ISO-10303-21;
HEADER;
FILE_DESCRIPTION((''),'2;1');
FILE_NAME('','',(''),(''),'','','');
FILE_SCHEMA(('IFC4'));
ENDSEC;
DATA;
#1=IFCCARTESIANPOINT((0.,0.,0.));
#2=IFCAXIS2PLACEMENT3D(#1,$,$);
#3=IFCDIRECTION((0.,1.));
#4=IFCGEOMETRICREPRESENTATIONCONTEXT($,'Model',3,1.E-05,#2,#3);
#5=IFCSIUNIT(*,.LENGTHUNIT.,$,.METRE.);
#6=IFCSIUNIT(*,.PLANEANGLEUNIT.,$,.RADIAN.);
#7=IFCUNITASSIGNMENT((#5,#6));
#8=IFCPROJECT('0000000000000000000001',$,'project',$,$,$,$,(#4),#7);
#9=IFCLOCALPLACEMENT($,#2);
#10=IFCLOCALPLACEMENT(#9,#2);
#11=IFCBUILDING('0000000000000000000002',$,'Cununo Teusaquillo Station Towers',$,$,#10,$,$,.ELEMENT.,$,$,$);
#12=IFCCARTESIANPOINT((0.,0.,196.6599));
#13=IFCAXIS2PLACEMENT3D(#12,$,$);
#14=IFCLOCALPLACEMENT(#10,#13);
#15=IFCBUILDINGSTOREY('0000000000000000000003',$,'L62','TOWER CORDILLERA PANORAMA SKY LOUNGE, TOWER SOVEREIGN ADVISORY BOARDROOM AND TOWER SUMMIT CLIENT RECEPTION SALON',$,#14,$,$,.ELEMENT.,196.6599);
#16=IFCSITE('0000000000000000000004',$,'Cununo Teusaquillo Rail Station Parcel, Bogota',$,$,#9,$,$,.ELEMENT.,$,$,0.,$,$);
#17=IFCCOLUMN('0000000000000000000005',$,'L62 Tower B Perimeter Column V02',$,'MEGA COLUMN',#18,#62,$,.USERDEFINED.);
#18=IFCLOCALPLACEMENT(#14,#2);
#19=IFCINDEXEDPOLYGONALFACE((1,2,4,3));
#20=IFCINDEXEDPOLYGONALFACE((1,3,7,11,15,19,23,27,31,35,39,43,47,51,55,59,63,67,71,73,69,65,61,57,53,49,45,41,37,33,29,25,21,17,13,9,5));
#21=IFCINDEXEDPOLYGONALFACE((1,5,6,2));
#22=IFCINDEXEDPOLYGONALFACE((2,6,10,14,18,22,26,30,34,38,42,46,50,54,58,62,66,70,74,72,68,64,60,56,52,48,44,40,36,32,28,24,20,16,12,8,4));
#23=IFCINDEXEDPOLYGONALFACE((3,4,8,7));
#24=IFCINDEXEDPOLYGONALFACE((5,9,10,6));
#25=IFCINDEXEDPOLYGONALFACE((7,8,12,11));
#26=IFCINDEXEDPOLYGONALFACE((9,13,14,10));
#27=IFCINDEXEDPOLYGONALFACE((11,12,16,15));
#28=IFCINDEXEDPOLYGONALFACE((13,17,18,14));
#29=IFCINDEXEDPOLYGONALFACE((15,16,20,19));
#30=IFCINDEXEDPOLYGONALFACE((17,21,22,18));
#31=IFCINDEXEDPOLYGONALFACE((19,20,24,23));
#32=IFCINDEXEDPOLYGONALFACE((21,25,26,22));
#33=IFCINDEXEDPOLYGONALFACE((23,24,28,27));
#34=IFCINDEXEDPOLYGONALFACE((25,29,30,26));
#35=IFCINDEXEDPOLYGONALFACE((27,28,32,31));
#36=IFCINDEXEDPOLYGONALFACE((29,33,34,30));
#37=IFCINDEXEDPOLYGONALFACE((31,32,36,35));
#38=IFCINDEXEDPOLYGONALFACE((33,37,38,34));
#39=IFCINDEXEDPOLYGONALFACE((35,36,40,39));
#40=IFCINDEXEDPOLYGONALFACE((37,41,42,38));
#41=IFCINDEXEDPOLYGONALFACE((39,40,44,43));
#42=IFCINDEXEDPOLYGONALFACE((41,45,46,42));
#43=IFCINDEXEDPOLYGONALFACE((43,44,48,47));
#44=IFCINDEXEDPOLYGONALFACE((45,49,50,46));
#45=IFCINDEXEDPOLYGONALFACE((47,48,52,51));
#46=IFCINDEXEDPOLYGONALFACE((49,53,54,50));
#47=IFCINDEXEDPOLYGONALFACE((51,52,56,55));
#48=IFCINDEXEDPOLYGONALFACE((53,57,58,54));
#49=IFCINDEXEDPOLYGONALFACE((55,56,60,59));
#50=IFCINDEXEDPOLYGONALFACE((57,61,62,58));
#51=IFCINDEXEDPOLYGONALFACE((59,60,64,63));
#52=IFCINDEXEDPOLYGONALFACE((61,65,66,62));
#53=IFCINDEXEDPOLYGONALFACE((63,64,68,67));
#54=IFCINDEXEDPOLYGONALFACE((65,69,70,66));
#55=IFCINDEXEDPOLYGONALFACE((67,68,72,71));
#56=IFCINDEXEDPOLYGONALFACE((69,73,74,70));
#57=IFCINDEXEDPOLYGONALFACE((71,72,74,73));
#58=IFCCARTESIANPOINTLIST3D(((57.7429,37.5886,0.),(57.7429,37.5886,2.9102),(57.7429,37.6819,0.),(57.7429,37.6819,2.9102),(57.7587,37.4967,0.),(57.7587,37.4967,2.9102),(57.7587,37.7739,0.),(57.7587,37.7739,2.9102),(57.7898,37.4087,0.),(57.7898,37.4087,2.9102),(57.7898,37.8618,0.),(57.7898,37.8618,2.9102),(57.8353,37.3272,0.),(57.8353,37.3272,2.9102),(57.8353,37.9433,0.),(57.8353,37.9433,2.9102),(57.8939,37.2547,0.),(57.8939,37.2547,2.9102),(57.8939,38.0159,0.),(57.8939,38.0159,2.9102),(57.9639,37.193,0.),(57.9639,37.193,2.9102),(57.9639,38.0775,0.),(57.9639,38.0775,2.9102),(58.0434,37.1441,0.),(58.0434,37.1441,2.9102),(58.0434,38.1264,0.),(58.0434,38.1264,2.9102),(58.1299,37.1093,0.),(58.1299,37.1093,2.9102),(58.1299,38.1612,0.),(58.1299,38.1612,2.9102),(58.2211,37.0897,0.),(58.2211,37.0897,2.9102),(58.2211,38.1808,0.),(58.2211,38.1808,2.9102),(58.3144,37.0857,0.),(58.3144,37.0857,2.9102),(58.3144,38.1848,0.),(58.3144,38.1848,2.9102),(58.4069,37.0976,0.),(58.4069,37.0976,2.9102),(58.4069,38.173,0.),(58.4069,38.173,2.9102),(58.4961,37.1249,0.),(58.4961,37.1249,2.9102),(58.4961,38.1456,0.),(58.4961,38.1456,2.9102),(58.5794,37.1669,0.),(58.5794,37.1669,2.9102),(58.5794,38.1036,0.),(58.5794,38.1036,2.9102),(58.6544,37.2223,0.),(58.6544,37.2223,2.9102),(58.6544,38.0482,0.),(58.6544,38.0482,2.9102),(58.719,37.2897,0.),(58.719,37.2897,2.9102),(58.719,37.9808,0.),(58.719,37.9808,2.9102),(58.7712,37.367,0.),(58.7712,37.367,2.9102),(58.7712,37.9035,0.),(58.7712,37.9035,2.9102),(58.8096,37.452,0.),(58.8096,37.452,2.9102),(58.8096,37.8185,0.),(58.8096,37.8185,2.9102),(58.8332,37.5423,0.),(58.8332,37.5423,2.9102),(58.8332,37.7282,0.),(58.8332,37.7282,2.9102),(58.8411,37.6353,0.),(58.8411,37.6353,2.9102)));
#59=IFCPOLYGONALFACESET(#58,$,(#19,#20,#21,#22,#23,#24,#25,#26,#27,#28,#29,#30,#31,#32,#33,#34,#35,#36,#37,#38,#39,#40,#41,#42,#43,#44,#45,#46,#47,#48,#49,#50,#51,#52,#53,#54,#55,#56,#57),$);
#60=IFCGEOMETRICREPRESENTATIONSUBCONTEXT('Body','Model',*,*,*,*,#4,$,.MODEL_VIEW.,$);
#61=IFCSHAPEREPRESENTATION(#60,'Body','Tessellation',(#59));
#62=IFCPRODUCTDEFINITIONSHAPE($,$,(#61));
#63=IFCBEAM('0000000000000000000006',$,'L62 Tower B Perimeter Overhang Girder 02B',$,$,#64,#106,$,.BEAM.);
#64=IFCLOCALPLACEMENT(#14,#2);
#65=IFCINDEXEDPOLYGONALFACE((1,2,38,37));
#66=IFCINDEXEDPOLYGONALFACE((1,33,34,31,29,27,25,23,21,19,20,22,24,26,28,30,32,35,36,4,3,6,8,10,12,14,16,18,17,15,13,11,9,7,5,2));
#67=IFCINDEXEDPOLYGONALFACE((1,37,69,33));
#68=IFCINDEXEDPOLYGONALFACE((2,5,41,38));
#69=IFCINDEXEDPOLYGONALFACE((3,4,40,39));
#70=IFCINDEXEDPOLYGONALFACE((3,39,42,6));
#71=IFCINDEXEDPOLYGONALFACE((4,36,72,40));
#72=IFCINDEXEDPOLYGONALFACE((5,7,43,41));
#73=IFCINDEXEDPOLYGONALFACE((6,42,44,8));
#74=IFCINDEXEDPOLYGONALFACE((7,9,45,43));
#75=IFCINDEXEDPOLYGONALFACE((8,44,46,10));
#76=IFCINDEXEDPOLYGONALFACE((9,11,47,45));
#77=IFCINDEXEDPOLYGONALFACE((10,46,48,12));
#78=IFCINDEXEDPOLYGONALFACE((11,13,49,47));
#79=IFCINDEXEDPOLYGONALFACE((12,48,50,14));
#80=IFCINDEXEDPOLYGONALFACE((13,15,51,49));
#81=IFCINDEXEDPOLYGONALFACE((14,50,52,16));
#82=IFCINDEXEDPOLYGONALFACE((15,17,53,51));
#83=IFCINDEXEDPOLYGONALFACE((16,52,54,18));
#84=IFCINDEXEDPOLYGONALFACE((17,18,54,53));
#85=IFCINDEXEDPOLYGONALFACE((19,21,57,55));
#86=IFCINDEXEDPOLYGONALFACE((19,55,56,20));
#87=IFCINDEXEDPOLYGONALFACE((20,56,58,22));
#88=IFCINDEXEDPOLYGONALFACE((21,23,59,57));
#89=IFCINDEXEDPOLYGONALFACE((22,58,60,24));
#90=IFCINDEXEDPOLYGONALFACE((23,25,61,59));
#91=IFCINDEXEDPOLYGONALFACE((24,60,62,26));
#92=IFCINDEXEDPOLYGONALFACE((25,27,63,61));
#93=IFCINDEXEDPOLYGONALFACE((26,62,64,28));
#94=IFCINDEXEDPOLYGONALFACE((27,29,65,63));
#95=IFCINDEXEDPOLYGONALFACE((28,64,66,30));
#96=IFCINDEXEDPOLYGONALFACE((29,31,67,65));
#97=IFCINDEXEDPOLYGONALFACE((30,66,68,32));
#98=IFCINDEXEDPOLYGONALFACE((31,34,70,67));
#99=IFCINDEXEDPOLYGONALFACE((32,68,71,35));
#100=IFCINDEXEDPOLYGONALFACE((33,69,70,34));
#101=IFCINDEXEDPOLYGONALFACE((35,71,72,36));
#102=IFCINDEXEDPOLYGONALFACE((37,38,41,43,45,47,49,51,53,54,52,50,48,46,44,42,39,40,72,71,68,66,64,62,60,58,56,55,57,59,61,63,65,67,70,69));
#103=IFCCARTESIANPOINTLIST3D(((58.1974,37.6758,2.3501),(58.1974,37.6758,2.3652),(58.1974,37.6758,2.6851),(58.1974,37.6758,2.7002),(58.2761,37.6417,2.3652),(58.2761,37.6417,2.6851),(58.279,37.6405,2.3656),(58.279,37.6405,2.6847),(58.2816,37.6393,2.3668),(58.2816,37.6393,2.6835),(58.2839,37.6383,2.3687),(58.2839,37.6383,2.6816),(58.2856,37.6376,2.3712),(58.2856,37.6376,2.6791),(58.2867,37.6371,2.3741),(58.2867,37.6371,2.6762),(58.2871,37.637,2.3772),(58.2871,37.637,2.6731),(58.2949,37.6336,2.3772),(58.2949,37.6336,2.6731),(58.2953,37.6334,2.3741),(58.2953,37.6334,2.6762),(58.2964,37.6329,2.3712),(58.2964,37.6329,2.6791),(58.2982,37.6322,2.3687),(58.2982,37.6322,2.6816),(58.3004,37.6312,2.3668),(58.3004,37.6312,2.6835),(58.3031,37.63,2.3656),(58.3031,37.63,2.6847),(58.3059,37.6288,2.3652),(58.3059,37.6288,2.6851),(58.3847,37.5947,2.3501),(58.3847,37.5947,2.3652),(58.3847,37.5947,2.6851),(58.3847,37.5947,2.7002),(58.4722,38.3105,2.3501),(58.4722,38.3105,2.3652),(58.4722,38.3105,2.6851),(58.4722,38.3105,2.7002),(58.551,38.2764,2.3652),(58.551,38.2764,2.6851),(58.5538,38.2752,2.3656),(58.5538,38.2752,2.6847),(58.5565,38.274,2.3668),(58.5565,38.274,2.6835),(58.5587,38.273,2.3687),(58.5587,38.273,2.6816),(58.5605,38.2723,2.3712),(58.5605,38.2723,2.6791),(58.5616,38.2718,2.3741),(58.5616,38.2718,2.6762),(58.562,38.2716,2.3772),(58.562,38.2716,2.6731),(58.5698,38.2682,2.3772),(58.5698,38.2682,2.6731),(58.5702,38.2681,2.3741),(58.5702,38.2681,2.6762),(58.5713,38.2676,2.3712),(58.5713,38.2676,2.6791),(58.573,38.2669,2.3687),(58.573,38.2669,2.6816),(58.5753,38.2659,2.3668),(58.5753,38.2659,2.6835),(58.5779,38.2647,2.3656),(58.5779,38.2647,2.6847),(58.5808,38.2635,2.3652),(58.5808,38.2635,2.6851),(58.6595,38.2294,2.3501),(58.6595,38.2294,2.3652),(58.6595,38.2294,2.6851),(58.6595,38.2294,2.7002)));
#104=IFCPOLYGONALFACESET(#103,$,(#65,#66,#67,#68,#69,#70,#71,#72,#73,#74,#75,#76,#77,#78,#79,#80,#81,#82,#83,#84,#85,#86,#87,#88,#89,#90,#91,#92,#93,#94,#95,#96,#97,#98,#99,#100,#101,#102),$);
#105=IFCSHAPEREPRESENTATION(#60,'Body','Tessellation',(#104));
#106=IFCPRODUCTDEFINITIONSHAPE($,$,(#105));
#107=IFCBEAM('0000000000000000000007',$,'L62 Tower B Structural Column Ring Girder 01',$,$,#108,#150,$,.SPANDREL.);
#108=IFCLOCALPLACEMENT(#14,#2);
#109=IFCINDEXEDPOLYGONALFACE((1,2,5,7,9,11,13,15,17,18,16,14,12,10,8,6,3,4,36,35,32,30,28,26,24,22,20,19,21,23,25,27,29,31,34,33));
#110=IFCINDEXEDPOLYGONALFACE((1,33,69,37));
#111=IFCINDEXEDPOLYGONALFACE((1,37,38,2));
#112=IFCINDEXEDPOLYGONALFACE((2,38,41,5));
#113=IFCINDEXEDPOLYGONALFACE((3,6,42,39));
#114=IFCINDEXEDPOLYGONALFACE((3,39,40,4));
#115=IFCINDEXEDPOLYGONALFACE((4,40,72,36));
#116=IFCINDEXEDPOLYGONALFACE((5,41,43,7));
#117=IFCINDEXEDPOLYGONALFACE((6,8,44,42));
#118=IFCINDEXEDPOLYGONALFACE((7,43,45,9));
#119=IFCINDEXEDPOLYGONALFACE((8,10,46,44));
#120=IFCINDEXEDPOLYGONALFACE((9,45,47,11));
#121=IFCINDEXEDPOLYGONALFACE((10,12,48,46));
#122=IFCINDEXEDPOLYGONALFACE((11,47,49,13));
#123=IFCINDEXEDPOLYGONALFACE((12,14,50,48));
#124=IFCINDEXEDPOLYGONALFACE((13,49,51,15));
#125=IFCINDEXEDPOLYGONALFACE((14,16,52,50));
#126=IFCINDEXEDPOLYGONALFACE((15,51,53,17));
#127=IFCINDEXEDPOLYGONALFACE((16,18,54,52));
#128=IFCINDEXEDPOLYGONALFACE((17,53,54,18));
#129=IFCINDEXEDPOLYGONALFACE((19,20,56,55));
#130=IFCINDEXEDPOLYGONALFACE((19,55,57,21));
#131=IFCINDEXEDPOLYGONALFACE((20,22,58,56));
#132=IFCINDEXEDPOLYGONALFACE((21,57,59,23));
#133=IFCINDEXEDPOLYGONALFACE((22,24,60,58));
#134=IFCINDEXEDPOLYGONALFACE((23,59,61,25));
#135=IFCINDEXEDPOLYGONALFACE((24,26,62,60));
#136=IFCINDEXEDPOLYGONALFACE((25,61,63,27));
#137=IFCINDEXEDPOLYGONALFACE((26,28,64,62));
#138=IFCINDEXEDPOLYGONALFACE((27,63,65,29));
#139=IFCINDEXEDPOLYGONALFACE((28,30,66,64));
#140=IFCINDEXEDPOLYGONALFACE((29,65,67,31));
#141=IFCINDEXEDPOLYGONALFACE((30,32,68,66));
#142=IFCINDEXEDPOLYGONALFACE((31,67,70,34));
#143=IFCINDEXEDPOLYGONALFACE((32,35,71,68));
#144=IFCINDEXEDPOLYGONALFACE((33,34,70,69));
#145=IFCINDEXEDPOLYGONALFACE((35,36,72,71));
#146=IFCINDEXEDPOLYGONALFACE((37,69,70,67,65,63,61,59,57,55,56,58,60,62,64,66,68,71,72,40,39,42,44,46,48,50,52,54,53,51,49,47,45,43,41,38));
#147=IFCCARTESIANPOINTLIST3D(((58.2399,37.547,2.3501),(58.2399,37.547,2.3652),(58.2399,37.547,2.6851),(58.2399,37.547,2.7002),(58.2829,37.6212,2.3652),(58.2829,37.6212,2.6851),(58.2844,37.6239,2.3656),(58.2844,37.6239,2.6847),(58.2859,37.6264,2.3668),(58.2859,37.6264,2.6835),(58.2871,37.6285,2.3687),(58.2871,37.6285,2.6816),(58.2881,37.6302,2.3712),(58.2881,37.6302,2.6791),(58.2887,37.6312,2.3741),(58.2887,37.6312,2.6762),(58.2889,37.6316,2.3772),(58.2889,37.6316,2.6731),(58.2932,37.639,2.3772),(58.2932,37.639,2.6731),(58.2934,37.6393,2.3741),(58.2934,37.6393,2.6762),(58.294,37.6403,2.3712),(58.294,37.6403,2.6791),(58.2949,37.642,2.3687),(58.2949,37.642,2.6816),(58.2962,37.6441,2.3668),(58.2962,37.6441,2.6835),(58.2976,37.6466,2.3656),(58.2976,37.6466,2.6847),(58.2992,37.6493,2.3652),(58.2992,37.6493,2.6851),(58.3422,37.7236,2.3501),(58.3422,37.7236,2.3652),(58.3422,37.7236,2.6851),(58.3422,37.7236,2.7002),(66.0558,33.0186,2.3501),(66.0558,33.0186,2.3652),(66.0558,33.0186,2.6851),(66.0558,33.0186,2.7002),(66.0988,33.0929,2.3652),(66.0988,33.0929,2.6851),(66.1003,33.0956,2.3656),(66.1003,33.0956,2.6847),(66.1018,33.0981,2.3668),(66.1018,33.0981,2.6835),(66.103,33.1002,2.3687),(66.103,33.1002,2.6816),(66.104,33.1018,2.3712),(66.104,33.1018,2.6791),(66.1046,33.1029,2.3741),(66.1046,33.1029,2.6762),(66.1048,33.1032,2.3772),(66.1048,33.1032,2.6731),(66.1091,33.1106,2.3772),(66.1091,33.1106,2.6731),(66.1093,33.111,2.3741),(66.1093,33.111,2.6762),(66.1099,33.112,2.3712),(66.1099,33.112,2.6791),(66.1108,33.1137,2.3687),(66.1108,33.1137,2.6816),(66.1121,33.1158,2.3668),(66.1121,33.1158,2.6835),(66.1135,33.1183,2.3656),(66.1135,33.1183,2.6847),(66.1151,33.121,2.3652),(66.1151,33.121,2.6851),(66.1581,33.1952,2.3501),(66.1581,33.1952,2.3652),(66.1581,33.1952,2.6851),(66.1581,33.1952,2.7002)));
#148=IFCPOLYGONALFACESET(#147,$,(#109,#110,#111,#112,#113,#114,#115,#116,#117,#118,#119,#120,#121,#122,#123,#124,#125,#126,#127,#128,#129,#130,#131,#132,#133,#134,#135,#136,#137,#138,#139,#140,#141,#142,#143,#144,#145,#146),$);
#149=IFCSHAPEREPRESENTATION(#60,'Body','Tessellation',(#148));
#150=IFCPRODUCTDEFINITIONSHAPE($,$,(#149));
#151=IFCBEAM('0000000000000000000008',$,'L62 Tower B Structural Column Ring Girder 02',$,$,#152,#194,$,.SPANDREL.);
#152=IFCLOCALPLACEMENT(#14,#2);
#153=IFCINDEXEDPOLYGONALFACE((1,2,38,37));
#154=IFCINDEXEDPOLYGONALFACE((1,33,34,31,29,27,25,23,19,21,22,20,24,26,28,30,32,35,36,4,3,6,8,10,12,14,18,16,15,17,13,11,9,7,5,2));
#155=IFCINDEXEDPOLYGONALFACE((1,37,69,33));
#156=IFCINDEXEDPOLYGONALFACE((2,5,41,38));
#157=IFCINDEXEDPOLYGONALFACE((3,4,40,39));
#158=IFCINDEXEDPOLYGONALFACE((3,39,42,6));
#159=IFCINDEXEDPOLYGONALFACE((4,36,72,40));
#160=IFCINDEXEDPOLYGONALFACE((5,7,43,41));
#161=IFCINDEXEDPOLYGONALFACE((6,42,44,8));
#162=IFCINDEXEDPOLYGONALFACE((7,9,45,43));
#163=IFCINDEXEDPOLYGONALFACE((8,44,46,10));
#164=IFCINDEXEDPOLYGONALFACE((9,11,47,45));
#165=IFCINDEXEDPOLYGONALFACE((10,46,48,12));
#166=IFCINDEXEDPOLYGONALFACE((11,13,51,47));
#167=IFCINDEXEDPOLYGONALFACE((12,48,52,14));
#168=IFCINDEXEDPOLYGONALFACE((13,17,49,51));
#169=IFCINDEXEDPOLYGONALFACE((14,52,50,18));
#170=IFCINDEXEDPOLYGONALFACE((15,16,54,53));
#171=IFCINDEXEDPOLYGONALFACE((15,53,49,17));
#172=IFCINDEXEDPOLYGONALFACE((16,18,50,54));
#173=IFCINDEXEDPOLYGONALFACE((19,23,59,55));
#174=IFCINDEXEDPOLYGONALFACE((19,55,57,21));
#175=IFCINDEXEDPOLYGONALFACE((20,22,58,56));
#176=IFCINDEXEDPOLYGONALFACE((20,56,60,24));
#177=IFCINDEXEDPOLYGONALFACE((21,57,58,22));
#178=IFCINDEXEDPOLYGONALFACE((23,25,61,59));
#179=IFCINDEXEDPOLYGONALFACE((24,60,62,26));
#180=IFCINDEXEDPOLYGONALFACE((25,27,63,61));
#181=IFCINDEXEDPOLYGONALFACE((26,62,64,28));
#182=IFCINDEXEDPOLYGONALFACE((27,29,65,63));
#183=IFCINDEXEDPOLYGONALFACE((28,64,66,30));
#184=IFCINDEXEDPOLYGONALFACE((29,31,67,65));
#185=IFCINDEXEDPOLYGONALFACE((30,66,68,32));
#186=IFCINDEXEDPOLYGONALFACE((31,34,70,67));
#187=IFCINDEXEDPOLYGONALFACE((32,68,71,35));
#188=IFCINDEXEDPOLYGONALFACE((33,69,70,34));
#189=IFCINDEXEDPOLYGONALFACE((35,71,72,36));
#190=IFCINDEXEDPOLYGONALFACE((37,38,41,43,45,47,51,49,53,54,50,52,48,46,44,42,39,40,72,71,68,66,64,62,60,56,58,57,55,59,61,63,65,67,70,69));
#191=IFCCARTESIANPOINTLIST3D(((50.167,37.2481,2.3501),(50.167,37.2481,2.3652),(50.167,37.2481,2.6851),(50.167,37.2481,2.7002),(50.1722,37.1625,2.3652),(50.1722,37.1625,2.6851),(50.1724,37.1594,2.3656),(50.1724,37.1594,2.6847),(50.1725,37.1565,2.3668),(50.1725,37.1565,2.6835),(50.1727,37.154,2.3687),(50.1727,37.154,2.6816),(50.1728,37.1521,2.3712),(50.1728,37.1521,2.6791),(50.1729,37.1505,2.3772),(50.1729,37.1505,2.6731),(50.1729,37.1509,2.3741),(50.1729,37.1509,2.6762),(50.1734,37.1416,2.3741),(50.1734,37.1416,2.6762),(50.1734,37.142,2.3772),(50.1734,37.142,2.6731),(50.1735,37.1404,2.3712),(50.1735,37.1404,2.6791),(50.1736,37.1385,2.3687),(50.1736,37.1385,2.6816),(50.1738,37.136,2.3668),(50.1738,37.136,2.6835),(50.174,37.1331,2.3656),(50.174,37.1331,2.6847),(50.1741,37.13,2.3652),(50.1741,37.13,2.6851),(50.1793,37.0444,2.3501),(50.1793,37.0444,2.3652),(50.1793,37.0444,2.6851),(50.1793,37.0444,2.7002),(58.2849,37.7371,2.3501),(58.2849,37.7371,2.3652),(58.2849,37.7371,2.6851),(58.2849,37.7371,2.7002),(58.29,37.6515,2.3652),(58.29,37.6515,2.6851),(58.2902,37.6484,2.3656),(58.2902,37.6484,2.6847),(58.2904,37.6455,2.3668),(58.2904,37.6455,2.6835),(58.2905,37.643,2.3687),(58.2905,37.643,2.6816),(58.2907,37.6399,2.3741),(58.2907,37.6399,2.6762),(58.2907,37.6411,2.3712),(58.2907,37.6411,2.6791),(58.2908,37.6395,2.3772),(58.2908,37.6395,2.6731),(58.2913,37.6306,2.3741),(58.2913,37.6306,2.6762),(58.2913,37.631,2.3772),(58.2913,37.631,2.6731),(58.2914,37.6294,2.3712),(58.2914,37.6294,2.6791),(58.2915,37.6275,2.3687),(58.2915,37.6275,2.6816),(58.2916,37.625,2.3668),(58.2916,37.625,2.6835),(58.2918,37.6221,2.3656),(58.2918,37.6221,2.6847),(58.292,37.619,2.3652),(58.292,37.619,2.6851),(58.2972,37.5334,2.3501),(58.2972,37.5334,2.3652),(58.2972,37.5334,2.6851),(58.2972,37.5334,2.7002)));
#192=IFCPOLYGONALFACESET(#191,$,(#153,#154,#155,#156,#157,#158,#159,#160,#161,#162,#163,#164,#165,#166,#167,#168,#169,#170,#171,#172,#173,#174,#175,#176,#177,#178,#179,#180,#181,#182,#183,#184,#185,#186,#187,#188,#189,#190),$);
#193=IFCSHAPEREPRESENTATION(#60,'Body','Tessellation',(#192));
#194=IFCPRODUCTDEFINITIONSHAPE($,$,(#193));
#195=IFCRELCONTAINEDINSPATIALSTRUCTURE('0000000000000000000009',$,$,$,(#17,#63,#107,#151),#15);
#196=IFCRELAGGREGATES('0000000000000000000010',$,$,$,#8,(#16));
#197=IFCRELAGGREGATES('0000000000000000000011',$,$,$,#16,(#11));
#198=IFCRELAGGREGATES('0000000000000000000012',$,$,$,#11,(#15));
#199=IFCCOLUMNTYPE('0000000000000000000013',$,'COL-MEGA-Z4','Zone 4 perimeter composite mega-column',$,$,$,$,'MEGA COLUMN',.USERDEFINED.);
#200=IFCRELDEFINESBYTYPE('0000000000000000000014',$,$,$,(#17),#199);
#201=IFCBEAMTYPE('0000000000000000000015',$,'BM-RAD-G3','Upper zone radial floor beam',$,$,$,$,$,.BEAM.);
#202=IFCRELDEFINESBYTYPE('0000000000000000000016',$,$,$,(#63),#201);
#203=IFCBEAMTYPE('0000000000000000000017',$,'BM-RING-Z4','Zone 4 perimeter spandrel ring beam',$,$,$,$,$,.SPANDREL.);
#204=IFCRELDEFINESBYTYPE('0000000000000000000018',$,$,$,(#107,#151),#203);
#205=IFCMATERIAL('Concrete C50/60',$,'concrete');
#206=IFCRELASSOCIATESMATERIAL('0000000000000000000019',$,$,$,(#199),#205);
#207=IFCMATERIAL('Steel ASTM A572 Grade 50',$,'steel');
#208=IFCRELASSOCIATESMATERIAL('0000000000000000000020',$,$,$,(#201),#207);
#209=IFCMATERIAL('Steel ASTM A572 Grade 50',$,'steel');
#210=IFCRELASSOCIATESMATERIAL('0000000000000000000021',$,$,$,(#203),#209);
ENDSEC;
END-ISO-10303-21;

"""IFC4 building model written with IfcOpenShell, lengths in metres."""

from ifc_helpers import new_model, si_unit, direction, frame, origin, origin_2d, place, context, subcontext, project, spatial, circle, i_section, extrude, material, material_profile, profile_set, type_object, element, save


model = new_model("IFC4")

# Units and contexts
model_context = context("Model", 3, precision=1e-05, world=origin(), true_north=direction((0.0, 1.0)))
body_context = subcontext(model_context, "Body", "Model", "MODEL_VIEW")
ifc_project = project(units=[si_unit("LENGTHUNIT", "METRE"), si_unit("PLANEANGLEUNIT", "RADIAN")], contexts=[model_context])

# Site, building, storey
site_placement = place(None, origin())
site = spatial("IfcSite", under=ifc_project, at=site_placement, Name="Cununo Teusaquillo Rail Station Parcel, Bogota", CompositionType="ELEMENT", RefElevation=0.0)
building_placement = place(site_placement, origin())
building = spatial("IfcBuilding", under=site, at=building_placement, Name="Cununo Teusaquillo Station Towers", CompositionType="ELEMENT")
storey_placement = place(building_placement, frame((0.0, 0.0, 196.6599)))
storey = spatial("IfcBuildingStorey", under=building, at=storey_placement, Name="L62", Description="TOWER CORDILLERA PANORAMA SKY LOUNGE, TOWER SOVEREIGN ADVISORY BOARDROOM AND TOWER SUMMIT CLIENT RECEPTION SALON", CompositionType="ELEMENT", Elevation=196.6599)

# Column
ifc_material_1 = material(Name="Concrete C50/60", Category="concrete")
ifc_material_profile_1 = material_profile(ifc_material_1, circle(Radius=0.55, at=origin_2d()), Name="RC-CIRC-1100")
ifc_profile_set_1 = profile_set([ifc_material_profile_1], Name="Concrete C50/60")
column_type = type_object("IfcColumnType", Name="COL-MEGA-Z4", Description="Zone 4 perimeter composite mega-column", ElementType="MEGA COLUMN", PredefinedType="USERDEFINED", material=ifc_profile_set_1)
column_placement = place(storey_placement, frame((58.291, 37.6353, 0.0), z_axis=(0.0, 0.0, 1.0), x_axis=(1.0, 0.0, 0.0)))
element("IfcColumn", 1, at=column_placement, inside=storey, type_object=column_type, Name="L62 Tower B Perimeter Column V02", ObjectType="MEGA COLUMN", PredefinedType="USERDEFINED", context=body_context, shape_type="SweptSolid", body=[
    extrude(circle(Radius=0.55, at=origin_2d()), origin(), (0.0, 0.0, 1.0), 2.9102),
])

# Beams
ifc_material_2 = material(Name="Steel ASTM A572 Grade 50", Category="steel")
ifc_material_profile_2 = material_profile(ifc_material_2, i_section(OverallWidth=0.2041, OverallDepth=0.3501, WebThickness=0.0085, FlangeThickness=0.0151, FilletRadius=0.012, at=origin_2d()), Name="W14X48")
ifc_profile_set_2 = profile_set([ifc_material_profile_2], Name="Steel ASTM A572 Grade 50")
beam_type_1 = type_object("IfcBeamType", Name="BM-RAD-G3", Description="Upper zone radial floor beam", PredefinedType="BEAM", material=ifc_profile_set_2)
beam_1_placement = place(storey_placement, frame((58.291, 37.6353, 2.5251), z_axis=(0.397409, 0.917641, 0.0), x_axis=(-0.917641, 0.397409, 0.0)))
element("IfcBeam", 2, at=beam_1_placement, inside=storey, type_object=beam_type_1, Name="L62 Tower B Perimeter Overhang Girder 02B", PredefinedType="BEAM", context=body_context, shape_type="SweptSolid", body=[
    extrude(i_section(OverallWidth=0.2041, OverallDepth=0.3501, WebThickness=0.0085, FlangeThickness=0.0151, FilletRadius=0.012, at=origin_2d()), origin(), (0.0, 0.0, 1.0), 0.6917),
])
ifc_material_3 = material(Name="Steel ASTM A572 Grade 50", Category="steel")
ifc_material_profile_3 = material_profile(ifc_material_3, i_section(OverallWidth=0.2041, OverallDepth=0.3501, WebThickness=0.0085, FlangeThickness=0.0151, FilletRadius=0.012, at=origin_2d()), Name="W14X48")
ifc_profile_set_3 = profile_set([ifc_material_profile_3], Name="Steel ASTM A572 Grade 50")
beam_type_2 = type_object("IfcBeamType", Name="BM-RING-Z4", Description="Zone 4 perimeter spandrel ring beam", PredefinedType="SPANDREL", material=ifc_profile_set_3)
beam_2_placement = place(storey_placement, frame((66.1069, 33.1069, 2.5251), z_axis=(-0.865267, 0.501311, 0.0), x_axis=(-0.501311, -0.865267, 0.0)))
element("IfcBeam", 3, at=beam_2_placement, inside=storey, type_object=beam_type_2, Name="L62 Tower B Structural Column Ring Girder 01", PredefinedType="SPANDREL", context=body_context, shape_type="SweptSolid", body=[
    extrude(i_section(OverallWidth=0.2041, OverallDepth=0.3501, WebThickness=0.0085, FlangeThickness=0.0151, FilletRadius=0.012, at=origin_2d()), origin(), (0.0, 0.0, 1.0), 9.033),
])
beam_3_placement = place(storey_placement, frame((58.291, 37.6353, 2.5251), z_axis=(-0.998191, -0.06013, 0.0), x_axis=(0.06013, -0.998191, 0.0)))
element("IfcBeam", 4, at=beam_3_placement, inside=storey, type_object=beam_type_2, Name="L62 Tower B Structural Column Ring Girder 02", PredefinedType="SPANDREL", context=body_context, shape_type="SweptSolid", body=[
    extrude(i_section(OverallWidth=0.2041, OverallDepth=0.3501, WebThickness=0.0085, FlangeThickness=0.0151, FilletRadius=0.012, at=origin_2d()), origin(), (0.0, 0.0, 1.0), 8.1326),
])

save(model, "model.ifc")
